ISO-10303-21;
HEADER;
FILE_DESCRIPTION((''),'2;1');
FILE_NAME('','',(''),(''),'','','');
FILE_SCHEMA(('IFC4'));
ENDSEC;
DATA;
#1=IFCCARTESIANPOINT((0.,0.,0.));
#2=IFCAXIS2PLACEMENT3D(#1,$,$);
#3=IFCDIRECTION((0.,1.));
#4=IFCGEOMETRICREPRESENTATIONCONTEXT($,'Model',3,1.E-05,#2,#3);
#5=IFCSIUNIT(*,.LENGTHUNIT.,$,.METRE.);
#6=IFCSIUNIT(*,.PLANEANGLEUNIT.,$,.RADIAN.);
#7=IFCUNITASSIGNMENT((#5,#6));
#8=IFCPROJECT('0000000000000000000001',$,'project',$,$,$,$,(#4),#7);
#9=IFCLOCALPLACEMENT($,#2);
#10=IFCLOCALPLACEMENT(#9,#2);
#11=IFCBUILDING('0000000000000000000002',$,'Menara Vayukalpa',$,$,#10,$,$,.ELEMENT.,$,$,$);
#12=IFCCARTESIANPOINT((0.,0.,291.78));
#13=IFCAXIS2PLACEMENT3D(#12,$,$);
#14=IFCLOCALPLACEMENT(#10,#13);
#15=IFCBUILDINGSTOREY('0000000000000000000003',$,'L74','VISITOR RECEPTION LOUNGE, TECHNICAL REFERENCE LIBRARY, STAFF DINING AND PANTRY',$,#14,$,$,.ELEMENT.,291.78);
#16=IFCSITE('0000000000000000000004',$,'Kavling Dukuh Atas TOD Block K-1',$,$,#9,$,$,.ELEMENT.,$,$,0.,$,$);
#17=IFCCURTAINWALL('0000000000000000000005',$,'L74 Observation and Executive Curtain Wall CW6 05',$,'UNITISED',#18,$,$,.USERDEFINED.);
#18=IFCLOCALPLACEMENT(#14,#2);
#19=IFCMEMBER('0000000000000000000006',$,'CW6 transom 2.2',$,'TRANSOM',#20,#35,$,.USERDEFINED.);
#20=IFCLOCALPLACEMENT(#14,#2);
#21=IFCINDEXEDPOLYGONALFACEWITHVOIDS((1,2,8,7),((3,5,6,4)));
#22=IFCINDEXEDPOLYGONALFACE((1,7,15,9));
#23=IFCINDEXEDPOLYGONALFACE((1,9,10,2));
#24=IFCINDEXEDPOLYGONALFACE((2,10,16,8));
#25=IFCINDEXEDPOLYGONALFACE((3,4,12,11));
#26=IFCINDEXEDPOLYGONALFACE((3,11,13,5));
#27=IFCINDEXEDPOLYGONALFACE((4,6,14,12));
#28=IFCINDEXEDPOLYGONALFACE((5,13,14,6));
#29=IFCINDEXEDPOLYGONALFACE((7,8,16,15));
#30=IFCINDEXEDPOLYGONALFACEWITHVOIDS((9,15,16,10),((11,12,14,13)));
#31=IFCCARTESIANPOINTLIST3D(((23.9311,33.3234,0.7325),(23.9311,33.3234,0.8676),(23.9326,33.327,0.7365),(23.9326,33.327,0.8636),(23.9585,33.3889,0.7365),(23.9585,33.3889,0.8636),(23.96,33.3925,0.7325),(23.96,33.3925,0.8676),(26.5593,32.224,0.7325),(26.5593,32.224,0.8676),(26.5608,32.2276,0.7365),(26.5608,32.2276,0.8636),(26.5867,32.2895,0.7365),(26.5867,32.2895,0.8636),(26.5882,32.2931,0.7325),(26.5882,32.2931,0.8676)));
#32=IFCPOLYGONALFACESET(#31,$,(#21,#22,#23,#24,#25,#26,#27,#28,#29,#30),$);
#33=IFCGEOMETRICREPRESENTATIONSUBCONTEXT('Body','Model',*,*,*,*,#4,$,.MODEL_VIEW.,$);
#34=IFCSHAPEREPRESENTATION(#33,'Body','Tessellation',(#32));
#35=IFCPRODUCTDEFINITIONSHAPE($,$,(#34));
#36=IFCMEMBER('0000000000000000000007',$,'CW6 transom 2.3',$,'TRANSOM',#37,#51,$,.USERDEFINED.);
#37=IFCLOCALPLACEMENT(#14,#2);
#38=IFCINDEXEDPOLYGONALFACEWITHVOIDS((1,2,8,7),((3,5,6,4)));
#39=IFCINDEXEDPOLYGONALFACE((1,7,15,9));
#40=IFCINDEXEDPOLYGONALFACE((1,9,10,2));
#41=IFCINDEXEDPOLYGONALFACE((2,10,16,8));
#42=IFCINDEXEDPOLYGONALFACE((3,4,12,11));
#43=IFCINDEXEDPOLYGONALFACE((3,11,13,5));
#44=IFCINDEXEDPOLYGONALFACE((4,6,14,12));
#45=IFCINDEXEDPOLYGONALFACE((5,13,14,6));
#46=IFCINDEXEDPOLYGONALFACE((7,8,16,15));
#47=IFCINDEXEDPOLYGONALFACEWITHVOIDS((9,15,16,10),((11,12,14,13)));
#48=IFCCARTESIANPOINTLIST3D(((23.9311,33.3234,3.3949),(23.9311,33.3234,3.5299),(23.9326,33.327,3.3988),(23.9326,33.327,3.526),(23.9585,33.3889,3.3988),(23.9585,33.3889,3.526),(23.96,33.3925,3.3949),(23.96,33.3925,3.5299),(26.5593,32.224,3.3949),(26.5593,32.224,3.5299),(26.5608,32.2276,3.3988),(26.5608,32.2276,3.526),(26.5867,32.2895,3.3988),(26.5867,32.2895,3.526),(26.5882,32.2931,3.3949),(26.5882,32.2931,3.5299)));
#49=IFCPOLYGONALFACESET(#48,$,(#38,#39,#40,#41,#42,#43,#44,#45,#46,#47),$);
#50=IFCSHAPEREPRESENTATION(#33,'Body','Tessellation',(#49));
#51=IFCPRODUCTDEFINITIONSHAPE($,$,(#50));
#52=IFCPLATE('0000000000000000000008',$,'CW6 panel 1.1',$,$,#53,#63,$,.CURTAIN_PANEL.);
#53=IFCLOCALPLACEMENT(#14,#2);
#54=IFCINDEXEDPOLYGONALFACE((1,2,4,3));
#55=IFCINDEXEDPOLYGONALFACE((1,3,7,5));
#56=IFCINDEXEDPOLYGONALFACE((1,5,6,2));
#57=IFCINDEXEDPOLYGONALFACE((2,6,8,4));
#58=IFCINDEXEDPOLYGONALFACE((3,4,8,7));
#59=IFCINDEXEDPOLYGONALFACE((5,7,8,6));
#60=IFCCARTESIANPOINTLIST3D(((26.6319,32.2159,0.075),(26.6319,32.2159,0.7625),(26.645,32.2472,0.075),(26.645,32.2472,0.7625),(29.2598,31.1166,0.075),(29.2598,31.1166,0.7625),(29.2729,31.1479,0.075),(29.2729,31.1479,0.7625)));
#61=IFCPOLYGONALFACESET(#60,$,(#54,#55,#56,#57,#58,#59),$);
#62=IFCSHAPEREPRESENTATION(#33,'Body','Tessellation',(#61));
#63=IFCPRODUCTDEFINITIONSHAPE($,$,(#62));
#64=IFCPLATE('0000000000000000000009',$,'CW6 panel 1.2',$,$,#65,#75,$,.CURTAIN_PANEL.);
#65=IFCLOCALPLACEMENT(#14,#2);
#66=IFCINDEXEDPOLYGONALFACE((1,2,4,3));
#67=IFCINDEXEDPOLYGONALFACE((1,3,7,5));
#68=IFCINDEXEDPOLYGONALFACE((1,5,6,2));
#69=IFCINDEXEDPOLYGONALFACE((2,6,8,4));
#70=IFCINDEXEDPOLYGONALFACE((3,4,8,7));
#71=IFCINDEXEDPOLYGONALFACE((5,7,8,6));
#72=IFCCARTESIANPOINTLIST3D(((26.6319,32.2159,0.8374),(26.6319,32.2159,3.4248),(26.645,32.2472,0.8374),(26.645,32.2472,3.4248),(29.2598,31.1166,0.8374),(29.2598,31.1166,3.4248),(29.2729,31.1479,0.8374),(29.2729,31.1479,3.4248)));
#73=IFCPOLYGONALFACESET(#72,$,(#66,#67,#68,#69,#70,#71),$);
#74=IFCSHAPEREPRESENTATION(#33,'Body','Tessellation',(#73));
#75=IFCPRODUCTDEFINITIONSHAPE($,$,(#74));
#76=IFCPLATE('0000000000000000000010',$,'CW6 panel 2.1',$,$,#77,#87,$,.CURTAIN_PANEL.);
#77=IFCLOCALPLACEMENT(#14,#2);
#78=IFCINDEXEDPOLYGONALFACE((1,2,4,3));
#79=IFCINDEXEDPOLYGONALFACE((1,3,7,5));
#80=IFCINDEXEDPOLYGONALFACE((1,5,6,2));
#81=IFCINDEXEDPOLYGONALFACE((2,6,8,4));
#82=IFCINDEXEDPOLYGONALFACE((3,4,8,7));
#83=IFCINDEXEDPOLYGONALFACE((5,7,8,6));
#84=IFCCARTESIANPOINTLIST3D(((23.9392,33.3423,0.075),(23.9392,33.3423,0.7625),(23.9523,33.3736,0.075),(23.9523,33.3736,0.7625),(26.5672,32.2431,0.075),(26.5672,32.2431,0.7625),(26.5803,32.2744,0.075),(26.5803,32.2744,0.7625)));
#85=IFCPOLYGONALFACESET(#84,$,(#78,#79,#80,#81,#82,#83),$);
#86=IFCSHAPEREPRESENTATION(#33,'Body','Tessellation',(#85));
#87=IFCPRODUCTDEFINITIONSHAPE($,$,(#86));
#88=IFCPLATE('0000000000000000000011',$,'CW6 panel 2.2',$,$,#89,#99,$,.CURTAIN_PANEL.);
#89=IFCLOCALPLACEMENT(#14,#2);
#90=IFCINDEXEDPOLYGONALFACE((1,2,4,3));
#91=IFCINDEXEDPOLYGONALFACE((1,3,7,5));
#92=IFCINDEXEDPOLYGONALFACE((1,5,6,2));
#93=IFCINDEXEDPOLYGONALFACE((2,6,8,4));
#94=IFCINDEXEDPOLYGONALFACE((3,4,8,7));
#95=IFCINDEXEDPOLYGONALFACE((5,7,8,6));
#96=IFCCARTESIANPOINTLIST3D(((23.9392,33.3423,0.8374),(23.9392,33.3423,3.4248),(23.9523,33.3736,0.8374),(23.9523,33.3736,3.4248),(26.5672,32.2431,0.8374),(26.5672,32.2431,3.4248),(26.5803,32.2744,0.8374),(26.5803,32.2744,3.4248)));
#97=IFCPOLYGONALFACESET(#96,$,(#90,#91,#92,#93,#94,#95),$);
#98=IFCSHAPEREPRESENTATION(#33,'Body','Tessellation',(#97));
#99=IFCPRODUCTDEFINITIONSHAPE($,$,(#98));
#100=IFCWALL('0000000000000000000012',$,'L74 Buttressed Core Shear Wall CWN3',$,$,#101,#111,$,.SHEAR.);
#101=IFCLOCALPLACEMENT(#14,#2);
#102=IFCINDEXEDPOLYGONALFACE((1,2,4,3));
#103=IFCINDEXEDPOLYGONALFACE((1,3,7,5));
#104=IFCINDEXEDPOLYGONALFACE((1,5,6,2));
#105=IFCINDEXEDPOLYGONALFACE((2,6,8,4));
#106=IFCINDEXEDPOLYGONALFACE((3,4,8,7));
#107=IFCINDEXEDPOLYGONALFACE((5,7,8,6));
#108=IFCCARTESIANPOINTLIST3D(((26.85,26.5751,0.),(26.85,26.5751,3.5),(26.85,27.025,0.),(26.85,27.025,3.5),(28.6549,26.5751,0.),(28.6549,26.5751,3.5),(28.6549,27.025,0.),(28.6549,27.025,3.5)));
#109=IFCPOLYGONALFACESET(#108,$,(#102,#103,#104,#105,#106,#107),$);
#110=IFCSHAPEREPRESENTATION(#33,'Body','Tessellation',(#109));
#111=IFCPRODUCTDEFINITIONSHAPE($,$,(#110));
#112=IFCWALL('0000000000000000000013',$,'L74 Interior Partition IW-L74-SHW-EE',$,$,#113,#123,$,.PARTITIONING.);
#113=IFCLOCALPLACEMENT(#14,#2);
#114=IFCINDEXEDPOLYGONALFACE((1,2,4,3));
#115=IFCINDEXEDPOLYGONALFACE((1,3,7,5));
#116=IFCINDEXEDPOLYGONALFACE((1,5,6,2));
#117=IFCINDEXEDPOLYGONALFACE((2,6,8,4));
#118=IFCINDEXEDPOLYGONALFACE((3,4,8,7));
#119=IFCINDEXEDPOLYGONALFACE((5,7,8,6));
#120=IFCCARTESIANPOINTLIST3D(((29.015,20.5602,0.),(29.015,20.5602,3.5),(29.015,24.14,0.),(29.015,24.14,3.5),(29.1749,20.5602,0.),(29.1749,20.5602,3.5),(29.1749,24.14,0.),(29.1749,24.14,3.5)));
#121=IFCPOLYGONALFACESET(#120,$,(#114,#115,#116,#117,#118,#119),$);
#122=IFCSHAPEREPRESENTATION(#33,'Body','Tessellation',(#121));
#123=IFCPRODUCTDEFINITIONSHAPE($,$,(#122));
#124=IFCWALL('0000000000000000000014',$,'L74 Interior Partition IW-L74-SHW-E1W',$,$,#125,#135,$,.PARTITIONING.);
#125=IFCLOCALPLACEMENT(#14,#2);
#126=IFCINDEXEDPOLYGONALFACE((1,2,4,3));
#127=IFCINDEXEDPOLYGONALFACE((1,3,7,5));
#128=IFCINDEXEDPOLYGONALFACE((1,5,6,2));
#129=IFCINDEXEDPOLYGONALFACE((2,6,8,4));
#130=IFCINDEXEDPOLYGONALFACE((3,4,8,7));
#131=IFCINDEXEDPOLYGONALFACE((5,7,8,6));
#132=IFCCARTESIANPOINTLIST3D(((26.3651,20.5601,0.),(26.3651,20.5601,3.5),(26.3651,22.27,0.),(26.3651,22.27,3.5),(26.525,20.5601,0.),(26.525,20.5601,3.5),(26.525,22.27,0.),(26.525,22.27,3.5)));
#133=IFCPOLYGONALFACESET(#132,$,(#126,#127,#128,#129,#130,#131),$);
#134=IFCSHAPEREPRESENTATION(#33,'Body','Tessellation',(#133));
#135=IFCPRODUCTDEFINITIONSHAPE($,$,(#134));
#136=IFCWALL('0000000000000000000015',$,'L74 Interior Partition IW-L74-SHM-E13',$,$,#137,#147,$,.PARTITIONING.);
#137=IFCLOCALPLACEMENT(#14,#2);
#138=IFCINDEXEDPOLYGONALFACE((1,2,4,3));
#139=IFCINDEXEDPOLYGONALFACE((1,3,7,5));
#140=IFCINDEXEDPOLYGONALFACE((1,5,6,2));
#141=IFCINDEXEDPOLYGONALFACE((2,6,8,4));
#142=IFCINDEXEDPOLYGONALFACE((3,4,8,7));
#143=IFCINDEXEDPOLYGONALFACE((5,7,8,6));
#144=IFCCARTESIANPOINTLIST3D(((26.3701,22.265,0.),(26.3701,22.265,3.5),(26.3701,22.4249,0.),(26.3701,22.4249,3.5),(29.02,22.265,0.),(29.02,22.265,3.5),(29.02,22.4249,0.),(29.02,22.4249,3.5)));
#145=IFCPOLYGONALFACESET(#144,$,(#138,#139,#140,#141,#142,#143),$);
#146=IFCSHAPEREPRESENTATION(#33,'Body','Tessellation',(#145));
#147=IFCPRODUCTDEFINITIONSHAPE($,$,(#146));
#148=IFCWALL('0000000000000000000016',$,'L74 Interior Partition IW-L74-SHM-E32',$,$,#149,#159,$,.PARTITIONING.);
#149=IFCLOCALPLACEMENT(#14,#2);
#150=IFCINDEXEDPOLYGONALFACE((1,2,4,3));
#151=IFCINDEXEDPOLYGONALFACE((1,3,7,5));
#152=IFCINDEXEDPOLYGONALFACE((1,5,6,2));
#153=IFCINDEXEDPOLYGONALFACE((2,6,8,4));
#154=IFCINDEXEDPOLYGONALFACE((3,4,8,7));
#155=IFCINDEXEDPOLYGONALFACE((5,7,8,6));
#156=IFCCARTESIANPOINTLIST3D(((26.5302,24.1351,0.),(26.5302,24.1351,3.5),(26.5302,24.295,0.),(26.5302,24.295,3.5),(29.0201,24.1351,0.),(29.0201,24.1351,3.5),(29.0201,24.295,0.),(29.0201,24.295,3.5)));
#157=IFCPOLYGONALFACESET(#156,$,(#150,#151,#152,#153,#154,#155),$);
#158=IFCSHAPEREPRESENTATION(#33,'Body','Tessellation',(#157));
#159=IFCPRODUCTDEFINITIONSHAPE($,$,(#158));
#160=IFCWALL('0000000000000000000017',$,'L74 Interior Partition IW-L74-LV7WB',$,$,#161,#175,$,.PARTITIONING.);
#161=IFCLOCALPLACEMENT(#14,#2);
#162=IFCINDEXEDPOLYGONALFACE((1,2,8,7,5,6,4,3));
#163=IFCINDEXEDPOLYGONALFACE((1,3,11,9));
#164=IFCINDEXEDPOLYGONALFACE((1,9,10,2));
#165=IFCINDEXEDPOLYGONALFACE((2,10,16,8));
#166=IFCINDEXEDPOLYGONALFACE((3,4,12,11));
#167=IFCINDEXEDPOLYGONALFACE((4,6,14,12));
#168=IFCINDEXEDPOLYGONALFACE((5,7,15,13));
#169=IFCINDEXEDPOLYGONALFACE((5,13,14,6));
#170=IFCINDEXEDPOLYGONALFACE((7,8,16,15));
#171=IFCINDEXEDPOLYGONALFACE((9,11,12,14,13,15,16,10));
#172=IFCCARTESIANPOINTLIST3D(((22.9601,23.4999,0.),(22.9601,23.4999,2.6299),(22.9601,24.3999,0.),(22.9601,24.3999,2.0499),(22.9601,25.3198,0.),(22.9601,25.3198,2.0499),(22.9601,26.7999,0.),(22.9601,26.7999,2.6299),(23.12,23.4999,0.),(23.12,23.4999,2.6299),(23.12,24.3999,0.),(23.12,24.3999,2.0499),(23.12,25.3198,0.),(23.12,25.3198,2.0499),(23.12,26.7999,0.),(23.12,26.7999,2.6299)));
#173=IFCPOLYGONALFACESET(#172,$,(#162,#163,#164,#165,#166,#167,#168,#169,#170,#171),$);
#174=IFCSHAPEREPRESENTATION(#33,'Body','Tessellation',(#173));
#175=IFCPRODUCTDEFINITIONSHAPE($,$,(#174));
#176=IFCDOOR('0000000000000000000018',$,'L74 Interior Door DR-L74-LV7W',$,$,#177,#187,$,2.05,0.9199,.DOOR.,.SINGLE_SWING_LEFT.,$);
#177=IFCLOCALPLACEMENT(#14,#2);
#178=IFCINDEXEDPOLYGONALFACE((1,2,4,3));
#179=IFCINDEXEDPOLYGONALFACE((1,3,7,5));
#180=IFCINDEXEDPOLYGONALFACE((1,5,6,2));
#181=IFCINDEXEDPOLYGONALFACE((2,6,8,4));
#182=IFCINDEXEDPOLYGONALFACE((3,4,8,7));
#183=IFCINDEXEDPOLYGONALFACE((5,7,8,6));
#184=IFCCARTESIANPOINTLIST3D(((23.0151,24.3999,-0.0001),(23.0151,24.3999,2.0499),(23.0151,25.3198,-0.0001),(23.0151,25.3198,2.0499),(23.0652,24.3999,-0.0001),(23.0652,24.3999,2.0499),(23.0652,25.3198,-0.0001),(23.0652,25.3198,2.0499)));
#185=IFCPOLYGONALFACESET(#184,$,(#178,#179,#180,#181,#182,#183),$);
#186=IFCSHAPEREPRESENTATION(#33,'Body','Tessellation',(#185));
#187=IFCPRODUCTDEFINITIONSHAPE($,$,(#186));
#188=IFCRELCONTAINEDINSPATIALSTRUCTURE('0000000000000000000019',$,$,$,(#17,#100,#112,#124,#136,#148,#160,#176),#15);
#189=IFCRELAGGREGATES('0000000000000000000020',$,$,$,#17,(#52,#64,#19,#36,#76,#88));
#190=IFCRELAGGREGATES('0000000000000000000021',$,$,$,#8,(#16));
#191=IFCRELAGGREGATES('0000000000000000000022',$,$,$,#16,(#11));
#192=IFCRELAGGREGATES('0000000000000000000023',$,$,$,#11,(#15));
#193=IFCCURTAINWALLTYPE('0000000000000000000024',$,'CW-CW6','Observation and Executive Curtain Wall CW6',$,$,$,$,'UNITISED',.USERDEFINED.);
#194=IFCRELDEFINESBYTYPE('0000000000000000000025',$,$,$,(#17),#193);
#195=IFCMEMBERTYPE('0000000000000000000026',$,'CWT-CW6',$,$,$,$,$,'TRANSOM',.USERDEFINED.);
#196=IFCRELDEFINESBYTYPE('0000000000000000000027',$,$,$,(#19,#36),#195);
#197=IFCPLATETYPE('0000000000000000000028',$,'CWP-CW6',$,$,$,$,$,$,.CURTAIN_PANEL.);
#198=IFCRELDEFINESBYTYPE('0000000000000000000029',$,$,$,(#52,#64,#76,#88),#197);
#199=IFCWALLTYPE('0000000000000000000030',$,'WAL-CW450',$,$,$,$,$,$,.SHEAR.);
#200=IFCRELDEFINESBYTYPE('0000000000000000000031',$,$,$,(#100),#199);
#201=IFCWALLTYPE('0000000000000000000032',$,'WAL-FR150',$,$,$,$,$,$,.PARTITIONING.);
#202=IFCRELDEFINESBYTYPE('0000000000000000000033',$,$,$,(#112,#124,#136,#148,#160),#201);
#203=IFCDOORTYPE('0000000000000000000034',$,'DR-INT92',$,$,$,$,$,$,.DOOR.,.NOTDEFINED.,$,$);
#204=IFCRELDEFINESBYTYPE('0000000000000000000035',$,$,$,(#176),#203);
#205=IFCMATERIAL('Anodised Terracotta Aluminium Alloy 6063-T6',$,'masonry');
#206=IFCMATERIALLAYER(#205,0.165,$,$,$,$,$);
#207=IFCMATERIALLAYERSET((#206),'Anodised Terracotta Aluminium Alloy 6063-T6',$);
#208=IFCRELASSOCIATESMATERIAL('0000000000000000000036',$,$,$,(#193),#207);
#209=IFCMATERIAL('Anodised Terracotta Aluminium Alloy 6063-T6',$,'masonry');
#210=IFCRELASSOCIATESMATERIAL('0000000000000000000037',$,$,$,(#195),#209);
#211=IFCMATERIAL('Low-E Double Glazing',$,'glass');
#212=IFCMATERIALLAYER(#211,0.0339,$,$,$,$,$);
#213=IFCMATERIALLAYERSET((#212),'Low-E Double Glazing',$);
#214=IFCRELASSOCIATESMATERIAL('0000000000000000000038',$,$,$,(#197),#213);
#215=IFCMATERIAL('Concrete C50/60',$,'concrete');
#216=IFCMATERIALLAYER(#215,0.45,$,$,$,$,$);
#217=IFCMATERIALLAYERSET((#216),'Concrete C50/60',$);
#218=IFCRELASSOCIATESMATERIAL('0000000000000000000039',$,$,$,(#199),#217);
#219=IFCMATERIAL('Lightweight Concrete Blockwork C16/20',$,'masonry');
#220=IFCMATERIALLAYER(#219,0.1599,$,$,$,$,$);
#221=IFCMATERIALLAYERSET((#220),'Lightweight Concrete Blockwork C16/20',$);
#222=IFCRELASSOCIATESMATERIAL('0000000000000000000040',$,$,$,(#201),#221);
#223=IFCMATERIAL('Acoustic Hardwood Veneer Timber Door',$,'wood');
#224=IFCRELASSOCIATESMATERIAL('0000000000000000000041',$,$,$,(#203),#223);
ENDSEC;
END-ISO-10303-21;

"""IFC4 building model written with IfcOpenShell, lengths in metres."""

from ifc_helpers import new_model, si_unit, direction, frame, frame_2d, origin, origin_2d, place, context, subcontext, project, spatial, rectangle, hollow_rectangle, extrude, material, layer, layer_set, material_profile, profile_set, type_object, element, fill, aggregate, save


model = new_model("IFC4")

# Units and contexts
model_context = context("Model", 3, precision=1e-05, world=origin(), true_north=direction((0.0, 1.0)))
body_context = subcontext(model_context, "Body", "Model", "MODEL_VIEW")
ifc_project = project(units=[si_unit("LENGTHUNIT", "METRE"), si_unit("PLANEANGLEUNIT", "RADIAN")], contexts=[model_context])

# Site, building, storey
site_placement = place(None, origin())
site = spatial("IfcSite", under=ifc_project, at=site_placement, Name="Kavling Dukuh Atas TOD Block K-1", CompositionType="ELEMENT", RefElevation=0.0)
building_placement = place(site_placement, origin())
building = spatial("IfcBuilding", under=site, at=building_placement, Name="Menara Vayukalpa", CompositionType="ELEMENT")
storey_placement = place(building_placement, frame((0.0, 0.0, 291.78)))
storey = spatial("IfcBuildingStorey", under=building, at=storey_placement, Name="L74", Description="VISITOR RECEPTION LOUNGE, TECHNICAL REFERENCE LIBRARY, STAFF DINING AND PANTRY", CompositionType="ELEMENT", Elevation=291.78)

# Curtain wall, members, plates
ifc_material_1 = material(Name="Anodised Terracotta Aluminium Alloy 6063-T6", Category="masonry")
ifc_layer_1 = layer(ifc_material_1, 0.165)
ifc_layer_set_1 = layer_set([ifc_layer_1], Name="Anodised Terracotta Aluminium Alloy 6063-T6")
curtain_wall_type = type_object("IfcCurtainWallType", Name="CW-CW6", Description="Observation and Executive Curtain Wall CW6", ElementType="UNITISED", PredefinedType="USERDEFINED", material=ifc_layer_set_1)
curtain_wall_placement = place(storey_placement, origin())
curtain_wall = element("IfcCurtainWall", 1, at=curtain_wall_placement, inside=storey, type_object=curtain_wall_type, Name="L74 Observation and Executive Curtain Wall CW6 05", ObjectType="UNITISED", PredefinedType="USERDEFINED")
ifc_material_2 = material(Name="Anodised Terracotta Aluminium Alloy 6063-T6", Category="masonry")
ifc_material_profile_1 = material_profile(ifc_material_2, hollow_rectangle(XDim=0.075, YDim=0.135, WallThickness=0.0039, at=origin_2d()), Name="ALU 75x135x4")
ifc_profile_set_1 = profile_set([ifc_material_profile_1], Name="Anodised Terracotta Aluminium Alloy 6063-T6")
member_type_1 = type_object("IfcMemberType", Name="CWT-CW6", ElementType="TRANSOM", PredefinedType="USERDEFINED", material=ifc_profile_set_1)
member_1_placement = place(storey_placement, frame((26.5737, 32.2585, 0.8), z_axis=(-0.922541, 0.385899, 0.0), x_axis=(-0.385899, -0.922541, 0.0)))
member_1 = element("IfcMember", 2, at=member_1_placement, type_object=member_type_1, Name="CW6 transom 2.2", ObjectType="TRANSOM", PredefinedType="USERDEFINED", context=body_context, shape_type="SweptSolid", body=[
    extrude(hollow_rectangle(XDim=0.075, YDim=0.135, WallThickness=0.0039, at=origin_2d()), origin(), (0.0, 0.0, 1.0), 2.8489),
])
member_2_placement = place(storey_placement, frame((26.5737, 32.2585, 3.4624), z_axis=(-0.922541, 0.385899, 0.0), x_axis=(-0.385899, -0.922541, 0.0)))
member_2 = element("IfcMember", 3, at=member_2_placement, type_object=member_type_1, Name="CW6 transom 2.3", ObjectType="TRANSOM", PredefinedType="USERDEFINED", context=body_context, shape_type="SweptSolid", body=[
    extrude(hollow_rectangle(XDim=0.075, YDim=0.135, WallThickness=0.0039, at=origin_2d()), origin(), (0.0, 0.0, 1.0), 2.8489),
])
ifc_material_3 = material(Name="Low-E Double Glazing", Category="glass")
ifc_layer_2 = layer(ifc_material_3, 0.0339)
ifc_layer_set_2 = layer_set([ifc_layer_2], Name="Low-E Double Glazing")
plate_type = type_object("IfcPlateType", Name="CWP-CW6", PredefinedType="CURTAIN_PANEL", material=ifc_layer_set_2)
plate_1_placement = place(storey_placement, frame((27.9524, 31.6819, 0.075), z_axis=(0.0, 0.0, 1.0), x_axis=(-0.922541, 0.3859, 0.0)))
plate_1 = element("IfcPlate", 4, at=plate_1_placement, type_object=plate_type, Name="CW6 panel 1.1", PredefinedType="CURTAIN_PANEL", context=body_context, shape_type="SweptSolid", body=[
    extrude(rectangle(XDim=2.8486, YDim=0.0339, at=origin_2d()), origin(), (0.0, 0.0, 1.0), 0.6875),
])
plate_2_placement = place(storey_placement, frame((27.9524, 31.6819, 0.8374), z_axis=(0.0, 0.0, 1.0), x_axis=(-0.922541, 0.3859, 0.0)))
plate_2 = element("IfcPlate", 5, at=plate_2_placement, type_object=plate_type, Name="CW6 panel 1.2", PredefinedType="CURTAIN_PANEL", context=body_context, shape_type="SweptSolid", body=[
    extrude(rectangle(XDim=2.8486, YDim=0.0339, at=origin_2d()), origin(), (0.0, 0.0, 1.0), 2.5874),
])
plate_3_placement = place(storey_placement, frame((25.2598, 32.8083, 0.075), z_axis=(0.0, 0.0, 1.0), x_axis=(-0.922541, 0.3859, 0.0)))
plate_3 = element("IfcPlate", 6, at=plate_3_placement, type_object=plate_type, Name="CW6 panel 2.1", PredefinedType="CURTAIN_PANEL", context=body_context, shape_type="SweptSolid", body=[
    extrude(rectangle(XDim=2.8486, YDim=0.0339, at=origin_2d()), origin(), (0.0, 0.0, 1.0), 0.6875),
])
plate_4_placement = place(storey_placement, frame((25.2598, 32.8083, 0.8374), z_axis=(0.0, 0.0, 1.0), x_axis=(-0.922541, 0.3859, 0.0)))
plate_4 = element("IfcPlate", 7, at=plate_4_placement, type_object=plate_type, Name="CW6 panel 2.2", PredefinedType="CURTAIN_PANEL", context=body_context, shape_type="SweptSolid", body=[
    extrude(rectangle(XDim=2.8486, YDim=0.0339, at=origin_2d()), origin(), (0.0, 0.0, 1.0), 2.5874),
])
aggregate(curtain_wall, [plate_1, plate_2, member_1, member_2, plate_3, plate_4])

# Walls
ifc_material_4 = material(Name="Concrete C50/60", Category="concrete")
ifc_layer_3 = layer(ifc_material_4, 0.45)
ifc_layer_set_3 = layer_set([ifc_layer_3], Name="Concrete C50/60")
wall_type_1 = type_object("IfcWallType", Name="WAL-CW450", PredefinedType="SHEAR", material=ifc_layer_set_3)
wall_1_placement = place(storey_placement, frame((26.8501, 26.8, 0.0), z_axis=(0.0, 0.0, 1.0), x_axis=(1.0, 0.0, 0.0)))
element("IfcWall", 8, at=wall_1_placement, inside=storey, type_object=wall_type_1, Name="L74 Buttressed Core Shear Wall CWN3", PredefinedType="SHEAR", context=body_context, shape_type="SweptSolid", body=[
    extrude(rectangle(XDim=1.8049, YDim=0.45, at=frame_2d((0.9023, 0.0))), origin(), (0.0, 0.0, 1.0), 3.5),
])
ifc_material_5 = material(Name="Lightweight Concrete Blockwork C16/20", Category="masonry")
ifc_layer_4 = layer(ifc_material_5, 0.1599)
ifc_layer_set_4 = layer_set([ifc_layer_4], Name="Lightweight Concrete Blockwork C16/20")
wall_type_2 = type_object("IfcWallType", Name="WAL-FR150", PredefinedType="PARTITIONING", material=ifc_layer_set_4)
wall_2_placement = place(storey_placement, frame((29.095, 20.5601, 0.0), z_axis=(0.0, 0.0, 1.0), x_axis=(0.0, 1.0, 0.0)))
element("IfcWall", 9, at=wall_2_placement, inside=storey, type_object=wall_type_2, Name="L74 Interior Partition IW-L74-SHW-EE", PredefinedType="PARTITIONING", context=body_context, shape_type="SweptSolid", body=[
    extrude(rectangle(XDim=3.5798, YDim=0.1599, at=frame_2d((1.79, 0.0))), origin(), (0.0, 0.0, 1.0), 3.5),
])
wall_3_placement = place(storey_placement, frame((26.4451, 20.5601, 0.0), z_axis=(0.0, 0.0, 1.0), x_axis=(0.0, 1.0, 0.0)))
element("IfcWall", 10, at=wall_3_placement, inside=storey, type_object=wall_type_2, Name="L74 Interior Partition IW-L74-SHW-E1W", PredefinedType="PARTITIONING", context=body_context, shape_type="SweptSolid", body=[
    extrude(rectangle(XDim=1.71, YDim=0.1599, at=frame_2d((0.855, 0.0))), origin(), (0.0, 0.0, 1.0), 3.5),
])
wall_4_placement = place(storey_placement, frame((26.3701, 22.345, 0.0), z_axis=(0.0, 0.0, 1.0), x_axis=(1.0, 0.0, 0.0)))
element("IfcWall", 11, at=wall_4_placement, inside=storey, type_object=wall_type_2, Name="L74 Interior Partition IW-L74-SHM-E13", PredefinedType="PARTITIONING", context=body_context, shape_type="SweptSolid", body=[
    extrude(rectangle(XDim=2.6499, YDim=0.1599, at=frame_2d((1.325, 0.0))), origin(), (0.0, 0.0, 1.0), 3.5),
])
wall_5_placement = place(storey_placement, frame((26.53, 24.2151, 0.0), z_axis=(0.0, 0.0, 1.0), x_axis=(1.0, 0.0, 0.0)))
element("IfcWall", 12, at=wall_5_placement, inside=storey, type_object=wall_type_2, Name="L74 Interior Partition IW-L74-SHM-E32", PredefinedType="PARTITIONING", context=body_context, shape_type="SweptSolid", body=[
    extrude(rectangle(XDim=2.49, YDim=0.1599, at=frame_2d((1.2451, 0.0))), origin(), (0.0, 0.0, 1.0), 3.5),
])

# Wall, opening, door
wall_6_placement = place(storey_placement, frame((23.04, 23.5, 0.0), z_axis=(0.0, 0.0, 1.0), x_axis=(0.0, 1.0, 0.0)))
wall_6 = element("IfcWall", 13, at=wall_6_placement, inside=storey, type_object=wall_type_2, Name="L74 Interior Partition IW-L74-LV7WB", PredefinedType="PARTITIONING", context=body_context, shape_type="SweptSolid", body=[
    extrude(rectangle(XDim=3.3, YDim=0.1599, at=frame_2d((1.6499, 0.0))), origin(), (0.0, 0.0, 1.0), 2.6299),
])
opening_1_placement = place(wall_6_placement, frame((0.8999, 0.0, 0.0)))
opening_1 = element("IfcOpeningElement", 14, at=opening_1_placement, cuts=wall_6, PredefinedType="OPENING", context=body_context, shape_type="SweptSolid", body=[
    extrude(rectangle(XDim=0.9199, YDim=2.05, at=frame_2d((0.46, 1.0249))), frame((0.0, 0.0898, 0.0), z_axis=(0.0, -1.0, 0.0), x_axis=(1.0, 0.0, 0.0)), (0.0, 0.0, 1.0), 0.1799),
])
ifc_material_6 = material(Name="Acoustic Hardwood Veneer Timber Door", Category="wood")
door_type_1 = type_object("IfcDoorType", Name="DR-INT92", OperationType="NOTDEFINED", PredefinedType="DOOR", material=ifc_material_6)
door_1_placement = place(opening_1_placement, origin())
door_1 = element("IfcDoor", 15, at=door_1_placement, inside=storey, type_object=door_type_1, Name="L74 Interior Door DR-L74-LV7W", OperationType="SINGLE_SWING_LEFT", OverallHeight=2.05, OverallWidth=0.9199, PredefinedType="DOOR", context=body_context, shape_type="SweptSolid", body=[
    extrude(rectangle(XDim=0.9199, YDim=2.05, at=frame_2d((0.46, 1.0249))), frame((0.0, 0.0249, 0.0), z_axis=(0.0, -1.0, 0.0), x_axis=(1.0, 0.0, 0.0)), (0.0, 0.0, 1.0), 0.05),
])
fill(opening_1, door_1)

save(model, "model.ifc")
